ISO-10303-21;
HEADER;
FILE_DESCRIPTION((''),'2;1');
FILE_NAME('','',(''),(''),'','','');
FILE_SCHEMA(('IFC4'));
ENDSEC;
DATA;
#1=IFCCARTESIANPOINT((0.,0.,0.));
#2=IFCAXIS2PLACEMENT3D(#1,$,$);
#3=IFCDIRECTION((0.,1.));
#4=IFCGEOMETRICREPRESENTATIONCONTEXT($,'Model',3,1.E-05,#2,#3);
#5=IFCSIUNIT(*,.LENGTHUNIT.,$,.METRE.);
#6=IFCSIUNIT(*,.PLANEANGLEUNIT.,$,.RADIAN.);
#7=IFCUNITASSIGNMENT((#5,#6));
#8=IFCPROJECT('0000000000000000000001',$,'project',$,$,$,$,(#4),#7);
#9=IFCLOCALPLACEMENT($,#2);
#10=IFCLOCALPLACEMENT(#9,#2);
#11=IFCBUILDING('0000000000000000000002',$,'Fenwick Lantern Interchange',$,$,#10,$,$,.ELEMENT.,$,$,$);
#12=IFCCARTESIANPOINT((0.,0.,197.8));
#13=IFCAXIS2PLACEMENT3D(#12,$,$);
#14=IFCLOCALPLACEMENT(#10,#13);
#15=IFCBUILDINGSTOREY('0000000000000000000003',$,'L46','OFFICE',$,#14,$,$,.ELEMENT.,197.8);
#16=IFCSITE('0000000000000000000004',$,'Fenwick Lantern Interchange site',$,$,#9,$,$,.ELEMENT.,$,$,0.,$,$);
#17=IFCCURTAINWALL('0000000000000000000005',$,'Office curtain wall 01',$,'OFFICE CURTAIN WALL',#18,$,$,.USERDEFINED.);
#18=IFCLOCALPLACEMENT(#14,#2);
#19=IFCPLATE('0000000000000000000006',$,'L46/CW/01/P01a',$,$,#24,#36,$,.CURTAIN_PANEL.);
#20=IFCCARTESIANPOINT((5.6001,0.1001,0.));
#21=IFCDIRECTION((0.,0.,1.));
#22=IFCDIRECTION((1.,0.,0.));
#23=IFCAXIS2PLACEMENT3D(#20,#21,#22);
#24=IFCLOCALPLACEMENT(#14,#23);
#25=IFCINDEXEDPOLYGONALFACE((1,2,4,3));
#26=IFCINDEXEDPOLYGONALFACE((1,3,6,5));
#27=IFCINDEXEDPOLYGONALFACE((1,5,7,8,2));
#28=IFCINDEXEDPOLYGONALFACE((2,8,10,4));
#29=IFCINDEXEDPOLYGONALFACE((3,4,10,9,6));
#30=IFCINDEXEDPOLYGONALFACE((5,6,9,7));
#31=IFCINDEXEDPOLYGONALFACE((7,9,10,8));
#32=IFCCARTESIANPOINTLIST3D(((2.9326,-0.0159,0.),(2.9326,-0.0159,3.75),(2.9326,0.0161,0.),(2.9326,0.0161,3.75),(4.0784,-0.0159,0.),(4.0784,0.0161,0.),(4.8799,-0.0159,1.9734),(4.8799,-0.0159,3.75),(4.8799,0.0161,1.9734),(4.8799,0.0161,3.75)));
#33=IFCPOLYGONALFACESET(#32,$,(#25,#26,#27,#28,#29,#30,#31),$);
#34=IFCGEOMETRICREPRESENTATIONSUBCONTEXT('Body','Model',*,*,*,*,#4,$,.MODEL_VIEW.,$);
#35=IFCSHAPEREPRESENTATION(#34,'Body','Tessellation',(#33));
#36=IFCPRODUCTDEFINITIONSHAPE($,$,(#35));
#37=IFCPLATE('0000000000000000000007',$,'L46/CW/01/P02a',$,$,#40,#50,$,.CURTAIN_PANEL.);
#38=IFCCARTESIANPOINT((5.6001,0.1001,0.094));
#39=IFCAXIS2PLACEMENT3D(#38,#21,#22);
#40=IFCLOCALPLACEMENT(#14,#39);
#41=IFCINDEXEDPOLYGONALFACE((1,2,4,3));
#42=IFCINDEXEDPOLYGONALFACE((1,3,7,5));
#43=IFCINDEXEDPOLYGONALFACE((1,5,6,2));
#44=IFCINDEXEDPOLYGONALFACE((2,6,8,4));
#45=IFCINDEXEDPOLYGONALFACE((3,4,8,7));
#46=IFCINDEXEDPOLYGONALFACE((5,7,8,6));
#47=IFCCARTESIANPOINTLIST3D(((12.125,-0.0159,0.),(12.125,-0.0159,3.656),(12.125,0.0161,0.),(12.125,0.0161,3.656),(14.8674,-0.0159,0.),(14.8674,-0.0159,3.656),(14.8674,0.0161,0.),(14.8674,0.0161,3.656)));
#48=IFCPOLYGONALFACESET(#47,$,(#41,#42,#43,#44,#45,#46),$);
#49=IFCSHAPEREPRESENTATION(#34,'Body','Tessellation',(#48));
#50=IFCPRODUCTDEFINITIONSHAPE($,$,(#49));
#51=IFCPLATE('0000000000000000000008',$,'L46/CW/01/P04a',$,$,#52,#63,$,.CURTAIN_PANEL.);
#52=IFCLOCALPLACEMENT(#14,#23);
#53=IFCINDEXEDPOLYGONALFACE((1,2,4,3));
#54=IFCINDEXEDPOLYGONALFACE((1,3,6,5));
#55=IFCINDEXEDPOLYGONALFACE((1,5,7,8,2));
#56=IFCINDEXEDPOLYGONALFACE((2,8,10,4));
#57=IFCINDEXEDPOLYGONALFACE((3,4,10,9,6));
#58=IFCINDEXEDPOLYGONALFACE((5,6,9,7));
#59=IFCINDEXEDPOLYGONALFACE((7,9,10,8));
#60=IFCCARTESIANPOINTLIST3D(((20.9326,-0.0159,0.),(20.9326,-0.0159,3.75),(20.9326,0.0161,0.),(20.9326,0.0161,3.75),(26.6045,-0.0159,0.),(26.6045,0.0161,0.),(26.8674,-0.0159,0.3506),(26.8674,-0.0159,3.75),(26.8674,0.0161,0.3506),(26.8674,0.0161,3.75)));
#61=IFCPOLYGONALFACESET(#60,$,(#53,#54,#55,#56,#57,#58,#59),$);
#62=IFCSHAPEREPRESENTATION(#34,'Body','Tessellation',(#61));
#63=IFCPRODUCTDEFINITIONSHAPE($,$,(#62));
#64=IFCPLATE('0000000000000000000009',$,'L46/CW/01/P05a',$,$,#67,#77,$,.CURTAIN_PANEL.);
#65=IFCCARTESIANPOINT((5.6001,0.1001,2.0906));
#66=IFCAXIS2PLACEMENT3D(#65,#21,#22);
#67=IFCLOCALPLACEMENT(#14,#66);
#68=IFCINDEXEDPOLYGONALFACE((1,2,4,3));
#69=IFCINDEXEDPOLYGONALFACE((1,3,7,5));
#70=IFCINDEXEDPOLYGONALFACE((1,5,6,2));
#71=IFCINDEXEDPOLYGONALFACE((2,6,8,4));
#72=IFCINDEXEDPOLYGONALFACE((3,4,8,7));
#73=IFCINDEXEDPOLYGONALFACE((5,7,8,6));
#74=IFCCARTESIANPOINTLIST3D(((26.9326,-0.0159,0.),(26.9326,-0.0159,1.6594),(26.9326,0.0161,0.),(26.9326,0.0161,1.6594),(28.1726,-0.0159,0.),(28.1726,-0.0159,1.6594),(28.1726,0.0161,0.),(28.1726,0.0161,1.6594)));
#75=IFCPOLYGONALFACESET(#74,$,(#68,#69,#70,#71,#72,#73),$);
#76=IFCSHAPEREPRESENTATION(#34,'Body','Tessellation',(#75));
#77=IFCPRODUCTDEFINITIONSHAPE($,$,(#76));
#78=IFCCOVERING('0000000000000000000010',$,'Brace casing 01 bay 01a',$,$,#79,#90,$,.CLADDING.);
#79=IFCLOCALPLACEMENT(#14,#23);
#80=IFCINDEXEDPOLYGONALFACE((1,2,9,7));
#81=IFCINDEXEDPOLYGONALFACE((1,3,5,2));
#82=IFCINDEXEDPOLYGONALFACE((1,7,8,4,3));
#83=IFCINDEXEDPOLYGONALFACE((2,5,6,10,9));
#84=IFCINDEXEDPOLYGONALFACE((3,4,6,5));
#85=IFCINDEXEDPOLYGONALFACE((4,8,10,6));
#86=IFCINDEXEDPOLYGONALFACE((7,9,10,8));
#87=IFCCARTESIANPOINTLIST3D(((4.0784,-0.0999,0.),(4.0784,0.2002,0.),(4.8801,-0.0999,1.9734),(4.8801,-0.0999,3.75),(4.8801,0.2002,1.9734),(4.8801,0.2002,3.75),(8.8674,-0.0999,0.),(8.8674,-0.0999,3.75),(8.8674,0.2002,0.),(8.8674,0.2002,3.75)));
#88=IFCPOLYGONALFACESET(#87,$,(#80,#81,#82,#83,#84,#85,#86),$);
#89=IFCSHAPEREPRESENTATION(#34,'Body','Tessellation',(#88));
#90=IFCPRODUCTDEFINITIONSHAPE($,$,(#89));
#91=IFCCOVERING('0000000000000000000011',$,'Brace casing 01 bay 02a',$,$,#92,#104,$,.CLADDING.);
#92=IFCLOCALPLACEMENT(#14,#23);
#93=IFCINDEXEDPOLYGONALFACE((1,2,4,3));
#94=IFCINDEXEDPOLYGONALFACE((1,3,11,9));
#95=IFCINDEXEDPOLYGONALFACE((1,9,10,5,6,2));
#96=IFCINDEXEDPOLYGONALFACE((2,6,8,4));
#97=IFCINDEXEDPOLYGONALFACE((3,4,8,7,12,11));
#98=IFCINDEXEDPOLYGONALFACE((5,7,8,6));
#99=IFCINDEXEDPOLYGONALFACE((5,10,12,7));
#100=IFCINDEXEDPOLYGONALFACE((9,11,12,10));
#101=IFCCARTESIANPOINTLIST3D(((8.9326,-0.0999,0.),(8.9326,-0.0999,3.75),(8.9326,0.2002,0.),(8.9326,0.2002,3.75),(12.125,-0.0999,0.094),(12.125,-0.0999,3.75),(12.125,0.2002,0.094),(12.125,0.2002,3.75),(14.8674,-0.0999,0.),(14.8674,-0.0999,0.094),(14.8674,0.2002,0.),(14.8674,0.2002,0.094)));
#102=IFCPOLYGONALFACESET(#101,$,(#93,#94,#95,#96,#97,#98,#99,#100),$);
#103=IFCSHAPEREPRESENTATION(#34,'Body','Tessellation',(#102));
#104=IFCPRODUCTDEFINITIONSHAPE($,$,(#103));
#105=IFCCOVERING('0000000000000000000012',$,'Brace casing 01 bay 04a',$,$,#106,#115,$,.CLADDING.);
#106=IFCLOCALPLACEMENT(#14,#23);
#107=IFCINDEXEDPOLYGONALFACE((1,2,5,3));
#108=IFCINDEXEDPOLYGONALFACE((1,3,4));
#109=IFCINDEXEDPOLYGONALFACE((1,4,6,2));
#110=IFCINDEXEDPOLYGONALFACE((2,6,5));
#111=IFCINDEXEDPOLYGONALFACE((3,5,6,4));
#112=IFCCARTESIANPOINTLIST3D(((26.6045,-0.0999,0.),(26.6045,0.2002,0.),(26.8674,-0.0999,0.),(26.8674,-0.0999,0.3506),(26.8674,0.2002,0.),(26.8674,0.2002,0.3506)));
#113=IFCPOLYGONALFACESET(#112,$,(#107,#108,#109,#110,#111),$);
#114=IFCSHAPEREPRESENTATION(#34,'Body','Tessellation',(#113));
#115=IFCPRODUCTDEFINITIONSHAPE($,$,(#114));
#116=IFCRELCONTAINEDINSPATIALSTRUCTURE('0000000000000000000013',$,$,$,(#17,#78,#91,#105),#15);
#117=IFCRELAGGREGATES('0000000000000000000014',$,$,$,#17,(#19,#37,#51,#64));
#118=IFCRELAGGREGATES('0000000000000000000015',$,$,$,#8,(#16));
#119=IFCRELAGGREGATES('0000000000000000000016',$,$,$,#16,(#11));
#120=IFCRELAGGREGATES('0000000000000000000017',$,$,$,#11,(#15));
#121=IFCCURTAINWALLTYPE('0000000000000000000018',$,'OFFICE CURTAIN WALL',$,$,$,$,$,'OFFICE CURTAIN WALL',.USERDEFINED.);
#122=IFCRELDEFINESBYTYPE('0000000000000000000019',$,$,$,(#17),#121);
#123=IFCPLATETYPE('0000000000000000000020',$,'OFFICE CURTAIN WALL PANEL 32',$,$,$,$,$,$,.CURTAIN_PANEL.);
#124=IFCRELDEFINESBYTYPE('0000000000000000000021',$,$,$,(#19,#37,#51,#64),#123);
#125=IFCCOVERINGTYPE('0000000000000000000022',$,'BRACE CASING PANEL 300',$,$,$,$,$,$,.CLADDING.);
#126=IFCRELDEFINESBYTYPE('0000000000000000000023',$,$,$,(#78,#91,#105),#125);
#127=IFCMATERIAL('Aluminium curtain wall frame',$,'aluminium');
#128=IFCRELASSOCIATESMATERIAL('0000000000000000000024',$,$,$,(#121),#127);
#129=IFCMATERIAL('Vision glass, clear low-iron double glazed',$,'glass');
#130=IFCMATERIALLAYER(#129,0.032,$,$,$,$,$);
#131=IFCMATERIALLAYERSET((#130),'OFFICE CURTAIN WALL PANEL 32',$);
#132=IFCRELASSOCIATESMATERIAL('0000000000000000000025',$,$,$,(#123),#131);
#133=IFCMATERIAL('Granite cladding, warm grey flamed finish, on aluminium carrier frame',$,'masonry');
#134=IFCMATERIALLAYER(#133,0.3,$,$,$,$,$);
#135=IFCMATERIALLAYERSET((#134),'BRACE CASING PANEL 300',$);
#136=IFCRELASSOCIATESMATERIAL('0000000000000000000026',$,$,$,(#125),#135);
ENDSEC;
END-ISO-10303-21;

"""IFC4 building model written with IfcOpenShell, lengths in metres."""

from ifc_helpers import new_model, si_unit, direction, frame, origin, place, context, subcontext, project, spatial, polyline, outline, extrude, material, layer, layer_set, type_object, element, aggregate, save


model = new_model("IFC4")

# Units and contexts
model_context = context("Model", 3, precision=1e-05, world=origin(), true_north=direction((0.0, 1.0)))
body_context = subcontext(model_context, "Body", "Model", "MODEL_VIEW")
ifc_project = project(units=[si_unit("LENGTHUNIT", "METRE"), si_unit("PLANEANGLEUNIT", "RADIAN")], contexts=[model_context])

# Site, building, storey
site_placement = place(None, origin())
site = spatial("IfcSite", under=ifc_project, at=site_placement, Name="Fenwick Lantern Interchange site", CompositionType="ELEMENT", RefElevation=0.0)
building_placement = place(site_placement, origin())
building = spatial("IfcBuilding", under=site, at=building_placement, Name="Fenwick Lantern Interchange", CompositionType="ELEMENT")
storey_placement = place(building_placement, frame((0.0, 0.0, 197.8)))
storey = spatial("IfcBuildingStorey", under=building, at=storey_placement, Name="L46", Description="OFFICE", CompositionType="ELEMENT", Elevation=197.8)

# Shared definitions
ifc_material_1 = material(Name="Aluminium curtain wall frame", Category="aluminium")
curtain_wall_type = type_object("IfcCurtainWallType", Name="OFFICE CURTAIN WALL", ElementType="OFFICE CURTAIN WALL", PredefinedType="USERDEFINED", material=ifc_material_1)

# Curtain wall, plates
curtain_wall_1_placement = place(storey_placement, origin())
curtain_wall_1 = element("IfcCurtainWall", 1, at=curtain_wall_1_placement, inside=storey, type_object=curtain_wall_type, Name="Office curtain wall 01", ObjectType="OFFICE CURTAIN WALL", PredefinedType="USERDEFINED")
ifc_material_2 = material(Name="Vision glass, clear low-iron double glazed", Category="glass")
ifc_layer_1 = layer(ifc_material_2, 0.032)
ifc_layer_set_1 = layer_set([ifc_layer_1], Name="OFFICE CURTAIN WALL PANEL 32")
plate_type = type_object("IfcPlateType", Name="OFFICE CURTAIN WALL PANEL 32", PredefinedType="CURTAIN_PANEL", material=ifc_layer_set_1)
plate_1_placement = place(storey_placement, frame((5.6001, 0.1001, 0.0), z_axis=(0.0, 0.0, 1.0), x_axis=(1.0, 0.0, 0.0)))
plate_1 = element("IfcPlate", 2, at=plate_1_placement, type_object=plate_type, Name="L46/CW/01/P01a", PredefinedType="CURTAIN_PANEL", context=body_context, shape_type="SweptSolid", body=[
    extrude(outline(polyline([(2.9326, 0.0), (4.0784, 0.0), (4.8799, 1.9734), (4.8799, 3.75), (2.9326, 3.75), (2.9326, 0.0)])), frame((0.0, 0.0161, 0.0), z_axis=(0.0, -1.0, 0.0), x_axis=(1.0, 0.0, 0.0)), (0.0, 0.0, 1.0), 0.032),
])
plate_2_placement = place(storey_placement, frame((5.6001, 0.1001, 0.094), z_axis=(0.0, 0.0, 1.0), x_axis=(1.0, 0.0, 0.0)))
plate_2 = element("IfcPlate", 3, at=plate_2_placement, type_object=plate_type, Name="L46/CW/01/P02a", PredefinedType="CURTAIN_PANEL", context=body_context, shape_type="SweptSolid", body=[
    extrude(outline(polyline([(12.125, 0.0), (14.8674, 0.0), (14.8674, 3.656), (12.125, 3.656), (12.125, 0.0)])), frame((0.0, 0.0161, 0.0), z_axis=(0.0, -1.0, 0.0), x_axis=(1.0, 0.0, 0.0)), (0.0, 0.0, 1.0), 0.032),
])
plate_3_placement = place(storey_placement, frame((5.6001, 0.1001, 0.0), z_axis=(0.0, 0.0, 1.0), x_axis=(1.0, 0.0, 0.0)))
plate_3 = element("IfcPlate", 4, at=plate_3_placement, type_object=plate_type, Name="L46/CW/01/P04a", PredefinedType="CURTAIN_PANEL", context=body_context, shape_type="SweptSolid", body=[
    extrude(outline(polyline([(20.9326, 0.0), (26.6045, 0.0), (26.8674, 0.3506), (26.8674, 3.75), (20.9326, 3.75), (20.9326, 0.0)])), frame((0.0, 0.0161, 0.0), z_axis=(0.0, -1.0, 0.0), x_axis=(1.0, 0.0, 0.0)), (0.0, 0.0, 1.0), 0.032),
])
plate_4_placement = place(storey_placement, frame((5.6001, 0.1001, 2.0906), z_axis=(0.0, 0.0, 1.0), x_axis=(1.0, 0.0, 0.0)))
plate_4 = element("IfcPlate", 5, at=plate_4_placement, type_object=plate_type, Name="L46/CW/01/P05a", PredefinedType="CURTAIN_PANEL", context=body_context, shape_type="SweptSolid", body=[
    extrude(outline(polyline([(26.9326, 0.0), (28.1726, 0.0), (28.1726, 1.6594), (26.9326, 1.6594), (26.9326, 0.0)])), frame((0.0, 0.0161, 0.0), z_axis=(0.0, -1.0, 0.0), x_axis=(1.0, 0.0, 0.0)), (0.0, 0.0, 1.0), 0.032),
])
aggregate(curtain_wall_1, [plate_1, plate_2, plate_3, plate_4])

# Coverings
ifc_material_3 = material(Name="Granite cladding, warm grey flamed finish, on aluminium carrier frame", Category="masonry")
ifc_layer_2 = layer(ifc_material_3, 0.3)
ifc_layer_set_2 = layer_set([ifc_layer_2], Name="BRACE CASING PANEL 300")
covering_type_1 = type_object("IfcCoveringType", Name="BRACE CASING PANEL 300", PredefinedType="CLADDING", material=ifc_layer_set_2)
covering_1_placement = place(storey_placement, frame((5.6001, 0.1001, 0.0), z_axis=(0.0, 0.0, 1.0), x_axis=(1.0, 0.0, 0.0)))
element("IfcCovering", 6, at=covering_1_placement, inside=storey, type_object=covering_type_1, Name="Brace casing 01 bay 01a", PredefinedType="CLADDING", context=body_context, shape_type="SweptSolid", body=[
    extrude(outline(polyline([(4.0784, 0.0), (8.8674, 0.0), (8.8674, 3.75), (4.8801, 3.75), (4.8801, 1.9734), (4.0784, 0.0)])), frame((0.0, 0.2002, 0.0), z_axis=(0.0, -1.0, 0.0), x_axis=(1.0, 0.0, 0.0)), (0.0, 0.0, 1.0), 0.3),
])
covering_2_placement = place(storey_placement, frame((5.6001, 0.1001, 0.0), z_axis=(0.0, 0.0, 1.0), x_axis=(1.0, 0.0, 0.0)))
element("IfcCovering", 7, at=covering_2_placement, inside=storey, type_object=covering_type_1, Name="Brace casing 01 bay 02a", PredefinedType="CLADDING", context=body_context, shape_type="SweptSolid", body=[
    extrude(outline(polyline([(8.9326, 0.0), (14.8674, 0.0), (14.8674, 0.094), (12.125, 0.094), (12.125, 3.75), (8.9326, 3.75), (8.9326, 0.0)])), frame((0.0, 0.2002, 0.0), z_axis=(0.0, -1.0, 0.0), x_axis=(1.0, 0.0, 0.0)), (0.0, 0.0, 1.0), 0.3),
])
covering_3_placement = place(storey_placement, frame((5.6001, 0.1001, 0.0), z_axis=(0.0, 0.0, 1.0), x_axis=(1.0, 0.0, 0.0)))
element("IfcCovering", 8, at=covering_3_placement, inside=storey, type_object=covering_type_1, Name="Brace casing 01 bay 04a", PredefinedType="CLADDING", context=body_context, shape_type="SweptSolid", body=[
    extrude(outline(polyline([(26.6045, 0.0), (26.8674, 0.0), (26.8674, 0.3506), (26.6045, 0.0)])), frame((0.0, 0.2002, 0.0), z_axis=(0.0, -1.0, 0.0), x_axis=(1.0, 0.0, 0.0)), (0.0, 0.0, 1.0), 0.3),
])

save(model, "model.ifc")
